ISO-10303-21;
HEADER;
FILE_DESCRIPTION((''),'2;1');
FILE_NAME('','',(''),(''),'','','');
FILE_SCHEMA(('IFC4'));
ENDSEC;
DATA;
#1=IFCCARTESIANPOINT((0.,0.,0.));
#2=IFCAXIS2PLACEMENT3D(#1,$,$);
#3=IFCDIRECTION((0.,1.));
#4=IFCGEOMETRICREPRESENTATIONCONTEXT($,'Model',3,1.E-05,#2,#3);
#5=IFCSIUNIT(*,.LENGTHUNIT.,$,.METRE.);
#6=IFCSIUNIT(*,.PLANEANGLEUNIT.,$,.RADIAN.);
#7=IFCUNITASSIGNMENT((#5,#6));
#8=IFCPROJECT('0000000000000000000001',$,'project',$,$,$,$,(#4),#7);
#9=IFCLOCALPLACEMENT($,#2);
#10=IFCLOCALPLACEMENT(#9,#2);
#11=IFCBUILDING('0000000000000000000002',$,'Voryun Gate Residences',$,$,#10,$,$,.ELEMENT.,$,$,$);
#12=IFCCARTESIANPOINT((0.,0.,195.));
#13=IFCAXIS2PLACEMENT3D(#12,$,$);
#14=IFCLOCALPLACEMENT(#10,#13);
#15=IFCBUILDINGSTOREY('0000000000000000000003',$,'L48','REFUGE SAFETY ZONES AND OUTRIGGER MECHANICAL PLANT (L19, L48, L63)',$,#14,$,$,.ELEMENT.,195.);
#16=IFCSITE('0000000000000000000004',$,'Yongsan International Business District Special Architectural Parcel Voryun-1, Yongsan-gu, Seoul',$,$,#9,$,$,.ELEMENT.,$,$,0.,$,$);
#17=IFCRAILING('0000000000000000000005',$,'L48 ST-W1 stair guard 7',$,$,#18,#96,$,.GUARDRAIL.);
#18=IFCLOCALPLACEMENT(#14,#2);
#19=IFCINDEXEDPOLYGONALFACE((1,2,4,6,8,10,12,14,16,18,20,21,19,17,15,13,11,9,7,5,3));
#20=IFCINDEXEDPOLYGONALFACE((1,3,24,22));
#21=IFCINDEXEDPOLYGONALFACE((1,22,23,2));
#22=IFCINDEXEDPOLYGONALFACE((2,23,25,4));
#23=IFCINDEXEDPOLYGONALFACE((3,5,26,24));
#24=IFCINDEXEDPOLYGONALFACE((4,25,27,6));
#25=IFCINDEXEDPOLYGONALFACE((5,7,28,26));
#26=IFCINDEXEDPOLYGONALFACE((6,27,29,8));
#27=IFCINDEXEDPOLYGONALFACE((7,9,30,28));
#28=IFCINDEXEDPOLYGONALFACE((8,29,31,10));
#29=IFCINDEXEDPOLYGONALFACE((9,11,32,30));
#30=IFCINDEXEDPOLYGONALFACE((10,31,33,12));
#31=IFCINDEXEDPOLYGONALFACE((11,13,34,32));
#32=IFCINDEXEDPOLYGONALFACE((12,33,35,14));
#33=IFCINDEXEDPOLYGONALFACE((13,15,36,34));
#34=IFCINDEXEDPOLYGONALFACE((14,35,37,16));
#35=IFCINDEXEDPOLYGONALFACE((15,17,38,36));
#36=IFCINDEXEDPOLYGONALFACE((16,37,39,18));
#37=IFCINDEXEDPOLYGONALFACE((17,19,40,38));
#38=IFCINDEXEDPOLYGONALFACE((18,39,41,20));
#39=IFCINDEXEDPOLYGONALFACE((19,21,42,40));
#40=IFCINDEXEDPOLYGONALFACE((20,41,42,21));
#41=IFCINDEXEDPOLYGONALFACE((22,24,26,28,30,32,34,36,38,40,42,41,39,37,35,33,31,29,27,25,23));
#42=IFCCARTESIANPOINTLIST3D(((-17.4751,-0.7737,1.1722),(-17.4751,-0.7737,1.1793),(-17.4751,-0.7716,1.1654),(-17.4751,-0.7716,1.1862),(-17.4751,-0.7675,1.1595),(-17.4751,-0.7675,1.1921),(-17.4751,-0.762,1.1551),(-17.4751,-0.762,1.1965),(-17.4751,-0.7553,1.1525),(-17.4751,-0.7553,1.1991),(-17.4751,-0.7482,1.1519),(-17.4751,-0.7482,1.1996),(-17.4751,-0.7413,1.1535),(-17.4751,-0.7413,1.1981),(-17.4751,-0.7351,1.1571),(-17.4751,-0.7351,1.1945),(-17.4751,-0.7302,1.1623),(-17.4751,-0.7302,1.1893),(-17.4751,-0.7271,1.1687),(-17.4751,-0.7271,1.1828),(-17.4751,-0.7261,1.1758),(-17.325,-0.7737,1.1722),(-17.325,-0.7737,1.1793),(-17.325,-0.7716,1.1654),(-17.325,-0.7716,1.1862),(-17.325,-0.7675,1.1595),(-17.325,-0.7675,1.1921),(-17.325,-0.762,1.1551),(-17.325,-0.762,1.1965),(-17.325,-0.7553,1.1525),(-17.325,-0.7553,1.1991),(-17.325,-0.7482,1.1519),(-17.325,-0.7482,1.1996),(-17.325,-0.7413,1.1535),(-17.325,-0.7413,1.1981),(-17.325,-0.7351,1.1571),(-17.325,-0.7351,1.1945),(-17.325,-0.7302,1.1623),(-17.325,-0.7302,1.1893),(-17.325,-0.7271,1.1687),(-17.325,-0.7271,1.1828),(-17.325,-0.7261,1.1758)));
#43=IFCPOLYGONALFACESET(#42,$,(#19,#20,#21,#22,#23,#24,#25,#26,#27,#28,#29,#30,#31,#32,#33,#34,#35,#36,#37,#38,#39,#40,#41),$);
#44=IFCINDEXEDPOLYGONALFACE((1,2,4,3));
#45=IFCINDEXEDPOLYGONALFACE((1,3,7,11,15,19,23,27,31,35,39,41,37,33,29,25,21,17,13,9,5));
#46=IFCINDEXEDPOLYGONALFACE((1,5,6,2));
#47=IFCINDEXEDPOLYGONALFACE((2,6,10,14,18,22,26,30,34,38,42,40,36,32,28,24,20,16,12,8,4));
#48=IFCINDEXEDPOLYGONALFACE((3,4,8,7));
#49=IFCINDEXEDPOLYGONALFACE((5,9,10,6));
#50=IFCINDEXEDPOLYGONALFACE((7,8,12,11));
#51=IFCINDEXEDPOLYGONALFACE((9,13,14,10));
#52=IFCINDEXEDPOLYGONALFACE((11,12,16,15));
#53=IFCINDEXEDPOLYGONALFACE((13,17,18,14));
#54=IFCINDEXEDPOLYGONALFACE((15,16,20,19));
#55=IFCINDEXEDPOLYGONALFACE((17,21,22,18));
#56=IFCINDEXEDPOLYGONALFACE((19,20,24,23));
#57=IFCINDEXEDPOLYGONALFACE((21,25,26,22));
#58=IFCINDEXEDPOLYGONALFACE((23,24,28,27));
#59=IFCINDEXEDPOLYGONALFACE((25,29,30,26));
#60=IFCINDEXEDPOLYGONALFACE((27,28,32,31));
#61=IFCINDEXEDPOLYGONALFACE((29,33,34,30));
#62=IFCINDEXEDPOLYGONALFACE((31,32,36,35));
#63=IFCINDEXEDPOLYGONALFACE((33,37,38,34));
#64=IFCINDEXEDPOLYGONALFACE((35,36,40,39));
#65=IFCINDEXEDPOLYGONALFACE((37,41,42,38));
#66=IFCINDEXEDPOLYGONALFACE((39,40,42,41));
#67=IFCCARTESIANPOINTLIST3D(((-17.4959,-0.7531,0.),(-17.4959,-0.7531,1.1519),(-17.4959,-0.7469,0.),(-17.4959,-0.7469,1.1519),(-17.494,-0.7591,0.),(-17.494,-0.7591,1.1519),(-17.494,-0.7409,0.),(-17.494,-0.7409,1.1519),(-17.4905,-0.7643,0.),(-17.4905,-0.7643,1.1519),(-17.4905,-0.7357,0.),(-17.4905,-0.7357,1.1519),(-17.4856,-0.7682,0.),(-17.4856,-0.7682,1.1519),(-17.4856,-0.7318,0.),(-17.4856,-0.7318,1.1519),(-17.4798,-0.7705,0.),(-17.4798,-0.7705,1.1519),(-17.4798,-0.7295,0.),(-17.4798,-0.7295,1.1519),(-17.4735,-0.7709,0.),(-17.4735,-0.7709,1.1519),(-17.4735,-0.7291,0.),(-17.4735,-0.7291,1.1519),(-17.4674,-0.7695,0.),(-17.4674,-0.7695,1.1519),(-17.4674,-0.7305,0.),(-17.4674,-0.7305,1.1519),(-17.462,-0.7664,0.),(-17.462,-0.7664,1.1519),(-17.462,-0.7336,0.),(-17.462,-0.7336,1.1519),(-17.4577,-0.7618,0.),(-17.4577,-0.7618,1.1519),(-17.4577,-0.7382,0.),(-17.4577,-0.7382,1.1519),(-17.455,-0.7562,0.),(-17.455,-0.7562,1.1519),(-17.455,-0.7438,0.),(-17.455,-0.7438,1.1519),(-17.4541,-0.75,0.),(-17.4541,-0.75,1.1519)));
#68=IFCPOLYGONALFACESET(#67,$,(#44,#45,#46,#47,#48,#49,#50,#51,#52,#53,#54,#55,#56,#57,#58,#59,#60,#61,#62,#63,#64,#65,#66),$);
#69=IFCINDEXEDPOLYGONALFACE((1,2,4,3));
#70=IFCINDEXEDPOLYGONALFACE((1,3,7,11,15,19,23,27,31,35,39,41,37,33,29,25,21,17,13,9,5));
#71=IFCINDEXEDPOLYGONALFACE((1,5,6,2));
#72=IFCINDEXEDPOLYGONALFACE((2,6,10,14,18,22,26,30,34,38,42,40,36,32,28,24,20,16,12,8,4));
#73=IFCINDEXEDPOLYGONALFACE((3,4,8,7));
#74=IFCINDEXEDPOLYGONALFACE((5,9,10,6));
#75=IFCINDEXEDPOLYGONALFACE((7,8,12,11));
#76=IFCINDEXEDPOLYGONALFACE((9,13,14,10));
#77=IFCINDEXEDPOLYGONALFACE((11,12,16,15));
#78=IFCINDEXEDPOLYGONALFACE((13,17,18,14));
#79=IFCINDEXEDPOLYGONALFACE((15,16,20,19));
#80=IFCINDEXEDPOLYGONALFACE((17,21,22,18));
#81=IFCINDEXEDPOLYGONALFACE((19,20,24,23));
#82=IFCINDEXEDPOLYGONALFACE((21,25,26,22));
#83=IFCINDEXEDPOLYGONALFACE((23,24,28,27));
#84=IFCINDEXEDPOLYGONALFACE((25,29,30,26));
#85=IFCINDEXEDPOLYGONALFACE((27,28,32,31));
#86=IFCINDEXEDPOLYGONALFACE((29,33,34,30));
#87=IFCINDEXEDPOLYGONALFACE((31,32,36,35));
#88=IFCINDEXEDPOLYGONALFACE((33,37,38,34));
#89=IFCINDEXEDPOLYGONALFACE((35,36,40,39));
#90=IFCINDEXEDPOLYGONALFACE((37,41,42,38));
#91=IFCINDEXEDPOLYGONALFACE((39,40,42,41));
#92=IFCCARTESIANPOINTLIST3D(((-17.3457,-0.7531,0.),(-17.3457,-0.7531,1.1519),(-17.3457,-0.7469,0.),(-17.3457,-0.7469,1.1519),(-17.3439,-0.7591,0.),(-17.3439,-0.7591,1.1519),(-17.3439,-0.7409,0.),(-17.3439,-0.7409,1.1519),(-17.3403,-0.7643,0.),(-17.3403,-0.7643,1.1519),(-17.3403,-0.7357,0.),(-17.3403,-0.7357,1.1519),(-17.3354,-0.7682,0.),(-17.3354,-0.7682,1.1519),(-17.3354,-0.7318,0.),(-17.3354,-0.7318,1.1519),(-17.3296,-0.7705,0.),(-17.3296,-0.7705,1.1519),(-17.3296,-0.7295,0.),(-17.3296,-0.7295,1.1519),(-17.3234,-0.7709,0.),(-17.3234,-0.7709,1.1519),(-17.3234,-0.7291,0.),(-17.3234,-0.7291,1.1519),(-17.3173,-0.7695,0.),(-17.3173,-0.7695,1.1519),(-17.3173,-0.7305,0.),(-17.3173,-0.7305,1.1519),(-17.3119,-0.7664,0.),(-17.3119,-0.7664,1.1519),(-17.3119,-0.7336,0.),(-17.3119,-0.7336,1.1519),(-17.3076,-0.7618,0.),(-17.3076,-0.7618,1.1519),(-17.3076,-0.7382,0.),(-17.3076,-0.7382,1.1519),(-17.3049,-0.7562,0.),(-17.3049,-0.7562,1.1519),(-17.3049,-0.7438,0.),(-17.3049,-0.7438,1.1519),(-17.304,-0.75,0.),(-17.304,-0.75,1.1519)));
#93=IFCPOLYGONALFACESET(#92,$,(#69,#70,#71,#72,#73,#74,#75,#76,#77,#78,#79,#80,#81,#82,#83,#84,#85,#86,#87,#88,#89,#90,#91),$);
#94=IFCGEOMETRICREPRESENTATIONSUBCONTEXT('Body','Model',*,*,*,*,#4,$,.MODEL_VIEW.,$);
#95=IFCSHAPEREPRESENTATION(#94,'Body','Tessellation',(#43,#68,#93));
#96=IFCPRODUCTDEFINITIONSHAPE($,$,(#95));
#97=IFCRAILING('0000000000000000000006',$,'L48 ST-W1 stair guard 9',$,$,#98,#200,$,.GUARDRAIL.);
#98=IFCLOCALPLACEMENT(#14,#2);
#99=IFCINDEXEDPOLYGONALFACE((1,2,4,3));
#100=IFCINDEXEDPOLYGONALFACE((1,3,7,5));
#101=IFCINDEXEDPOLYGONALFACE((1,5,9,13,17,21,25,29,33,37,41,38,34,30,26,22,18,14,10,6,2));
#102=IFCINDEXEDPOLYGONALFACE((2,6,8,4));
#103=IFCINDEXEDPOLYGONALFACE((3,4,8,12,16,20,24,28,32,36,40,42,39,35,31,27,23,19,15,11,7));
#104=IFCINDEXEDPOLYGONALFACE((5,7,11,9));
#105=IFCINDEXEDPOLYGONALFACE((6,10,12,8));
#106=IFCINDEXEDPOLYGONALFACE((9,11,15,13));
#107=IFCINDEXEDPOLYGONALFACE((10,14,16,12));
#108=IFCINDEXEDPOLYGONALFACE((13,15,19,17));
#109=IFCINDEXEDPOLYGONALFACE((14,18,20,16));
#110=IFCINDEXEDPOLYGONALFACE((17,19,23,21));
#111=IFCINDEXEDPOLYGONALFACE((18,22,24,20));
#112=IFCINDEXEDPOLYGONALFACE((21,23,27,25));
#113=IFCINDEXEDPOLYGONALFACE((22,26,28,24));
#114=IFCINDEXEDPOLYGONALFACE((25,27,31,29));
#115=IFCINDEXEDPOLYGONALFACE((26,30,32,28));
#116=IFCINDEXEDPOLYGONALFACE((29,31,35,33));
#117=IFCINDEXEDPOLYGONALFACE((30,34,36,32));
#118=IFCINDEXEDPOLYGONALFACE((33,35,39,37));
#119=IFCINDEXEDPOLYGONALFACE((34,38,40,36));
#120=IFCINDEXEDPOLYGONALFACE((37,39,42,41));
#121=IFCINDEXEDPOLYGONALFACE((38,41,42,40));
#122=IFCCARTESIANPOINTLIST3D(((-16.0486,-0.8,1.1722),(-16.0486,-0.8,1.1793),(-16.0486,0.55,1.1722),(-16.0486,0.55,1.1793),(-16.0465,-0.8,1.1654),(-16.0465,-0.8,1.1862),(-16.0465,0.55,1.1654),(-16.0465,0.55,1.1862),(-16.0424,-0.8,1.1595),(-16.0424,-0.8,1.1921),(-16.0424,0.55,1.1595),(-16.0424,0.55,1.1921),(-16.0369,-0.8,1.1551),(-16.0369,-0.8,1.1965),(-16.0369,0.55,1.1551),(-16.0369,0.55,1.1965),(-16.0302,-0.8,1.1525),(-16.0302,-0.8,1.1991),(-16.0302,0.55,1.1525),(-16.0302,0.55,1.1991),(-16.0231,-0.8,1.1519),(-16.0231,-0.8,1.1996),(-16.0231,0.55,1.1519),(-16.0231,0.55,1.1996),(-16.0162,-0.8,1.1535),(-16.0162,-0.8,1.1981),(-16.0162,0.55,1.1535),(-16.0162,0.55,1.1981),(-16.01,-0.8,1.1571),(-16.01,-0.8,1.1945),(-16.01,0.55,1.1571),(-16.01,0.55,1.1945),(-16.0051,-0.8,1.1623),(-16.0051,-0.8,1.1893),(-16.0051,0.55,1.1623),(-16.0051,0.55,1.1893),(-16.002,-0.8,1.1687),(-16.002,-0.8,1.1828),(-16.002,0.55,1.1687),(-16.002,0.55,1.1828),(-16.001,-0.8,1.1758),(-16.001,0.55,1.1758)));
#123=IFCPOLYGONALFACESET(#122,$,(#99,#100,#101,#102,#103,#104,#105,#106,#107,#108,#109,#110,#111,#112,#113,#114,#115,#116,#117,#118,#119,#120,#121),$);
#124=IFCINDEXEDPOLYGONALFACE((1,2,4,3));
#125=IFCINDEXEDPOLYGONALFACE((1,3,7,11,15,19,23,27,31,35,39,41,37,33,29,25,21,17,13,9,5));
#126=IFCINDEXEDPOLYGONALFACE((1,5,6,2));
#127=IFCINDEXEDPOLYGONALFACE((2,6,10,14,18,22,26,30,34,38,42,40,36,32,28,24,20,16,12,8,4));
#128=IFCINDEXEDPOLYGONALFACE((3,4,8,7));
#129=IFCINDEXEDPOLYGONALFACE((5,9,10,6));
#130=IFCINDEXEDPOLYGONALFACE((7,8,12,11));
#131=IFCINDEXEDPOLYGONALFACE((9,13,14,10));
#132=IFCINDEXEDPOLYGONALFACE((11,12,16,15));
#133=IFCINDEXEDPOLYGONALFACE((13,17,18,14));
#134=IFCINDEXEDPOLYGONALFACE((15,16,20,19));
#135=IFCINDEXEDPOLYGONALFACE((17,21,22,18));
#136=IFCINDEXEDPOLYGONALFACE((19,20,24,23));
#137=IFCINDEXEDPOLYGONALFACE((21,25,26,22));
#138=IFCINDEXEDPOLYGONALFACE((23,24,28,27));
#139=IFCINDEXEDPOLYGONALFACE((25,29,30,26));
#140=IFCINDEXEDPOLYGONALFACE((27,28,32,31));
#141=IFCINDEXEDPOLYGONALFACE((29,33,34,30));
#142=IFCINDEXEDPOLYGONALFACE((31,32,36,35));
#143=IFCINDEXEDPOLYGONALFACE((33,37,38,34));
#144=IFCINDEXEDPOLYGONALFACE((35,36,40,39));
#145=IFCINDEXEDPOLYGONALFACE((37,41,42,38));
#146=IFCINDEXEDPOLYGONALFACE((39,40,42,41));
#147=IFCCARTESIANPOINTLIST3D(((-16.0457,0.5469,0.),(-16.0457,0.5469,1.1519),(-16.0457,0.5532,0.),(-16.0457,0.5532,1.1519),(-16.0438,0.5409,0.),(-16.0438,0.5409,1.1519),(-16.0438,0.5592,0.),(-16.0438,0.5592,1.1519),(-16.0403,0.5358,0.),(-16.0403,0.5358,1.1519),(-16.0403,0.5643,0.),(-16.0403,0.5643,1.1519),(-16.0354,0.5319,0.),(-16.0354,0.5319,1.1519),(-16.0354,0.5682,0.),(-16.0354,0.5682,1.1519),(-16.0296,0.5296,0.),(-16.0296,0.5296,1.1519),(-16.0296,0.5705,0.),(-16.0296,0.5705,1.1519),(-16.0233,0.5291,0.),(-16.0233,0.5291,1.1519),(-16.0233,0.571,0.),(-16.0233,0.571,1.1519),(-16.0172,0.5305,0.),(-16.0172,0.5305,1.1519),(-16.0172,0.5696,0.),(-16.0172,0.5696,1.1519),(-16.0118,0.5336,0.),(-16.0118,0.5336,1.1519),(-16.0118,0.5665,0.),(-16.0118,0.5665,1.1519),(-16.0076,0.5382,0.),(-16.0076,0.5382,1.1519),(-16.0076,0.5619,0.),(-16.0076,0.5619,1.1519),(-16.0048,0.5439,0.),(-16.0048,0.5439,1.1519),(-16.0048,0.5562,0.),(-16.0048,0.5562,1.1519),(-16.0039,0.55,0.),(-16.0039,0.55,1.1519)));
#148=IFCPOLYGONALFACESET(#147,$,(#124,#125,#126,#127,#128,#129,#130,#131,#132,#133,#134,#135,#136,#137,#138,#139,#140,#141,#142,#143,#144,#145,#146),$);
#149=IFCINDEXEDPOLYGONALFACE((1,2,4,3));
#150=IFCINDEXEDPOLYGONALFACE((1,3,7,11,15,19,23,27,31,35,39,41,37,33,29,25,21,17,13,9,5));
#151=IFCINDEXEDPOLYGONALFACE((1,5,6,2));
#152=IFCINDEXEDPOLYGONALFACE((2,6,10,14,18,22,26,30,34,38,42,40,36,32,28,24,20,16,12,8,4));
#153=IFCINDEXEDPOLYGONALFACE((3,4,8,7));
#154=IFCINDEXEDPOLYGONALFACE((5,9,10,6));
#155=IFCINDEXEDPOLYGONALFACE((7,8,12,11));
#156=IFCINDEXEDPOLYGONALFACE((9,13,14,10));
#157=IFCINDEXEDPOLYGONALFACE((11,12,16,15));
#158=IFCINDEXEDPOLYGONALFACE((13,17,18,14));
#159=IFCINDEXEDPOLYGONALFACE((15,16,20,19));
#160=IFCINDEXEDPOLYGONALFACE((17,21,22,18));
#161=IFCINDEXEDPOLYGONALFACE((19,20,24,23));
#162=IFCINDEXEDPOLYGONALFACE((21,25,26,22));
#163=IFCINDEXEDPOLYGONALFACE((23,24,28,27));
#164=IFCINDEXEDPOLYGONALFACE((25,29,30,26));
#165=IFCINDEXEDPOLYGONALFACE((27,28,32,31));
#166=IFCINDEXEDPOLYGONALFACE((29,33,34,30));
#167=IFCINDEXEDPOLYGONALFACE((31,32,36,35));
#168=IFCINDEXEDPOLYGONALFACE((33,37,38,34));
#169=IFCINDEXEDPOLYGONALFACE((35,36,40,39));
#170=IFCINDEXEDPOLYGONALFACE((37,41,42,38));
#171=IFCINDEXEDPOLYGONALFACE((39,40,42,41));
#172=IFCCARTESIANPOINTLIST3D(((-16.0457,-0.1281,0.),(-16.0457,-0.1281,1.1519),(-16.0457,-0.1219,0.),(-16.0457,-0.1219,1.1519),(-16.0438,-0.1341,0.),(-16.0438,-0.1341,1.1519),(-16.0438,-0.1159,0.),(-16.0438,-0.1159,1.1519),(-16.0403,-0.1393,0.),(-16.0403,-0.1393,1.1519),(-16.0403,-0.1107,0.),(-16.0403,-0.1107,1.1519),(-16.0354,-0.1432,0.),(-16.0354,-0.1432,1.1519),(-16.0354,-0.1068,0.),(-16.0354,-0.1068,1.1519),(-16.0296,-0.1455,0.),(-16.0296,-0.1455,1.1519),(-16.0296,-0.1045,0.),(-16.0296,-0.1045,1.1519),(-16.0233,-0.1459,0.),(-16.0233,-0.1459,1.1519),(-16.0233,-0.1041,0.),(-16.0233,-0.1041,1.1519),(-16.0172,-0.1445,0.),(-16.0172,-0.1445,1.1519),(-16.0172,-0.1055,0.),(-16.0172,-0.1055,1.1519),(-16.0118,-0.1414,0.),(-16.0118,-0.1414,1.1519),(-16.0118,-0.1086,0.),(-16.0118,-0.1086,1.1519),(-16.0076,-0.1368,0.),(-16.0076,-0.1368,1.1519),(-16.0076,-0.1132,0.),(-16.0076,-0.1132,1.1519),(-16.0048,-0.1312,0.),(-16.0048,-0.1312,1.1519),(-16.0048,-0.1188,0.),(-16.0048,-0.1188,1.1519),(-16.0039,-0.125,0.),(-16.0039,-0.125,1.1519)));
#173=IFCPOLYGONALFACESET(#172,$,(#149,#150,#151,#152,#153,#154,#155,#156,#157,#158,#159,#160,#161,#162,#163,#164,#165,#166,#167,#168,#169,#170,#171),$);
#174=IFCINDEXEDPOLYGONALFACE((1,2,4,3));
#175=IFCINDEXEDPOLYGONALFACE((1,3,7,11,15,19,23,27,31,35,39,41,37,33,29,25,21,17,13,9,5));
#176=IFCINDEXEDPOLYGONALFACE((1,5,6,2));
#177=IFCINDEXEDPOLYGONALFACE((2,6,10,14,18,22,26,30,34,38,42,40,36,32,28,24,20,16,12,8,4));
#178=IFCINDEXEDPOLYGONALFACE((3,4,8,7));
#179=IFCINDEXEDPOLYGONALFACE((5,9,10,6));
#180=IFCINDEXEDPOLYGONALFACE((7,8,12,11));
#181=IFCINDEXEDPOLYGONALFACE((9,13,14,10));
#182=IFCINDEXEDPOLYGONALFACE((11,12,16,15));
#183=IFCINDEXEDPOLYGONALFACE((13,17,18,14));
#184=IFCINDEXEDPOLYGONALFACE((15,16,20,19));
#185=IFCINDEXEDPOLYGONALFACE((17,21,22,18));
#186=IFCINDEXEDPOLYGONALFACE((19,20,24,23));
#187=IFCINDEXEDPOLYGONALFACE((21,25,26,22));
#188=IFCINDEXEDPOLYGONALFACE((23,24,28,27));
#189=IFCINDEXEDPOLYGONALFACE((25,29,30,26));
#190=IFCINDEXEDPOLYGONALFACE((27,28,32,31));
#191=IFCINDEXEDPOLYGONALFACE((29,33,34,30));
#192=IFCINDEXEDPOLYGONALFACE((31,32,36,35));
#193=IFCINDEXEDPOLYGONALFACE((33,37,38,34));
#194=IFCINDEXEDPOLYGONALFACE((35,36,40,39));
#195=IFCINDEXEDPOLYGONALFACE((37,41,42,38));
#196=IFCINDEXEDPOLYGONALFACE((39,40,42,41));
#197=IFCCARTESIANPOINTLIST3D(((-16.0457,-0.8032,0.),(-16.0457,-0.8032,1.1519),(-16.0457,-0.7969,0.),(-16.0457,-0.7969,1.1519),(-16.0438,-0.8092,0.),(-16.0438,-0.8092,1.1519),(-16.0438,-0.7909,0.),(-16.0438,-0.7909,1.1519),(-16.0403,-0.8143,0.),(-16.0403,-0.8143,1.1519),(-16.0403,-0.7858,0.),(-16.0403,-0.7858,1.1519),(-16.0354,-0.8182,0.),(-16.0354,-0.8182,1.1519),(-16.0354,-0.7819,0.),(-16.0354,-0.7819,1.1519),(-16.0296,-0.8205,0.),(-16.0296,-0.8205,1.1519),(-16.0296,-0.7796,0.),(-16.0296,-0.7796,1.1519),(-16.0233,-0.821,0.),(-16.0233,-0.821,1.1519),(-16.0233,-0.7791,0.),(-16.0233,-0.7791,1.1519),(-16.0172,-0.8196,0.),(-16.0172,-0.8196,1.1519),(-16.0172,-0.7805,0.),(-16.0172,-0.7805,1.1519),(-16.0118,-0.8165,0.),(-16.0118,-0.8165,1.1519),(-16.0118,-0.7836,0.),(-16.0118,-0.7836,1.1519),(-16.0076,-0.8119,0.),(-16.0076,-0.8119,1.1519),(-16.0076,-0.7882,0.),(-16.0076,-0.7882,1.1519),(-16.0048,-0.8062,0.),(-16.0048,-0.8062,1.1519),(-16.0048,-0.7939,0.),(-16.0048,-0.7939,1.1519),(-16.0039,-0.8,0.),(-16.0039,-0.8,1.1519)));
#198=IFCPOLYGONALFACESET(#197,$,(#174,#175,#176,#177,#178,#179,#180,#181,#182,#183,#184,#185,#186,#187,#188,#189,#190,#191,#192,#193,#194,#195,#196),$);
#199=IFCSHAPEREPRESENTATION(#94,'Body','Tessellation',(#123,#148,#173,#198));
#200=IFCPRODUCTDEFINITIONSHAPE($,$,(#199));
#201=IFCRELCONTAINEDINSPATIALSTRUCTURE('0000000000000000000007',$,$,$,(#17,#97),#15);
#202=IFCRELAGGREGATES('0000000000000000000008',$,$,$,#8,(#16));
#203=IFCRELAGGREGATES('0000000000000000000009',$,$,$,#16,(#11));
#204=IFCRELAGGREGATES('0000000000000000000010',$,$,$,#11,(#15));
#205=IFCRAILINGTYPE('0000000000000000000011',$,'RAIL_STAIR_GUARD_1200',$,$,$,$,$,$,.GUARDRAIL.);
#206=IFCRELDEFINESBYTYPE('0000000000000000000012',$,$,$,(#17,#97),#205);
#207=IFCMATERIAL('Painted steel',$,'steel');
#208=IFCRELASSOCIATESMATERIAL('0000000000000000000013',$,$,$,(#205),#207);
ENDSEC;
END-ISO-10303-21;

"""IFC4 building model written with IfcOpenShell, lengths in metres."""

from ifc_helpers import new_model, si_unit, direction, frame, origin, origin_2d, place, context, subcontext, project, spatial, circle, extrude, material, type_object, element, save


model = new_model("IFC4")

# Units and contexts
model_context = context("Model", 3, precision=1e-05, world=origin(), true_north=direction((0.0, 1.0)))
body_context = subcontext(model_context, "Body", "Model", "MODEL_VIEW")
ifc_project = project(units=[si_unit("LENGTHUNIT", "METRE"), si_unit("PLANEANGLEUNIT", "RADIAN")], contexts=[model_context])

# Site, building, storey
site_placement = place(None, origin())
site = spatial("IfcSite", under=ifc_project, at=site_placement, Name="Yongsan International Business District Special Architectural Parcel Voryun-1, Yongsan-gu, Seoul", CompositionType="ELEMENT", RefElevation=0.0)
building_placement = place(site_placement, origin())
building = spatial("IfcBuilding", under=site, at=building_placement, Name="Voryun Gate Residences", CompositionType="ELEMENT")
storey_placement = place(building_placement, frame((0.0, 0.0, 195.0)))
storey = spatial("IfcBuildingStorey", under=building, at=storey_placement, Name="L48", Description="REFUGE SAFETY ZONES AND OUTRIGGER MECHANICAL PLANT (L19, L48, L63)", CompositionType="ELEMENT", Elevation=195.0)

# Railings
ifc_material_1 = material(Name="Painted steel", Category="steel")
railing_type = type_object("IfcRailingType", Name="RAIL_STAIR_GUARD_1200", PredefinedType="GUARDRAIL", material=ifc_material_1)
railing_1_placement = place(storey_placement, frame((-17.4751, -0.75, 0.0)))
element("IfcRailing", 1, at=railing_1_placement, inside=storey, type_object=railing_type, Name="L48 ST-W1 stair guard 7", PredefinedType="GUARDRAIL", context=body_context, shape_type="SweptSolid", body=[
    extrude(circle(Radius=0.0239, at=origin_2d()), frame((0.0, 0.0, 1.1758), z_axis=(1.0, 0.0, 0.0), x_axis=(0.0, 1.0, 0.0)), (0.0, 0.0, 1.0), 0.1501),
    extrude(circle(Radius=0.021, at=origin_2d()), origin(), (0.0, 0.0, 1.0), 1.1519),
    extrude(circle(Radius=0.021, at=origin_2d()), frame((0.1501, 0.0, 0.0)), (0.0, 0.0, 1.0), 1.1519),
])
railing_2_placement = place(storey_placement, frame((-16.0249, 0.55, 0.0)))
element("IfcRailing", 2, at=railing_2_placement, inside=storey, type_object=railing_type, Name="L48 ST-W1 stair guard 9", PredefinedType="GUARDRAIL", context=body_context, shape_type="SweptSolid", body=[
    extrude(circle(Radius=0.0239, at=origin_2d()), frame((0.0, 0.0, 1.1758), z_axis=(0.0, -1.0, 0.0), x_axis=(1.0, 0.0, 0.0)), (0.0, 0.0, 1.0), 1.3501),
    extrude(circle(Radius=0.021, at=origin_2d()), origin(), (0.0, 0.0, 1.0), 1.1519),
    extrude(circle(Radius=0.021, at=origin_2d()), frame((0.0, -0.675, 0.0)), (0.0, 0.0, 1.0), 1.1519),
    extrude(circle(Radius=0.021, at=origin_2d()), frame((0.0, -1.3501, 0.0)), (0.0, 0.0, 1.0), 1.1519),
])

save(model, "model.ifc")
